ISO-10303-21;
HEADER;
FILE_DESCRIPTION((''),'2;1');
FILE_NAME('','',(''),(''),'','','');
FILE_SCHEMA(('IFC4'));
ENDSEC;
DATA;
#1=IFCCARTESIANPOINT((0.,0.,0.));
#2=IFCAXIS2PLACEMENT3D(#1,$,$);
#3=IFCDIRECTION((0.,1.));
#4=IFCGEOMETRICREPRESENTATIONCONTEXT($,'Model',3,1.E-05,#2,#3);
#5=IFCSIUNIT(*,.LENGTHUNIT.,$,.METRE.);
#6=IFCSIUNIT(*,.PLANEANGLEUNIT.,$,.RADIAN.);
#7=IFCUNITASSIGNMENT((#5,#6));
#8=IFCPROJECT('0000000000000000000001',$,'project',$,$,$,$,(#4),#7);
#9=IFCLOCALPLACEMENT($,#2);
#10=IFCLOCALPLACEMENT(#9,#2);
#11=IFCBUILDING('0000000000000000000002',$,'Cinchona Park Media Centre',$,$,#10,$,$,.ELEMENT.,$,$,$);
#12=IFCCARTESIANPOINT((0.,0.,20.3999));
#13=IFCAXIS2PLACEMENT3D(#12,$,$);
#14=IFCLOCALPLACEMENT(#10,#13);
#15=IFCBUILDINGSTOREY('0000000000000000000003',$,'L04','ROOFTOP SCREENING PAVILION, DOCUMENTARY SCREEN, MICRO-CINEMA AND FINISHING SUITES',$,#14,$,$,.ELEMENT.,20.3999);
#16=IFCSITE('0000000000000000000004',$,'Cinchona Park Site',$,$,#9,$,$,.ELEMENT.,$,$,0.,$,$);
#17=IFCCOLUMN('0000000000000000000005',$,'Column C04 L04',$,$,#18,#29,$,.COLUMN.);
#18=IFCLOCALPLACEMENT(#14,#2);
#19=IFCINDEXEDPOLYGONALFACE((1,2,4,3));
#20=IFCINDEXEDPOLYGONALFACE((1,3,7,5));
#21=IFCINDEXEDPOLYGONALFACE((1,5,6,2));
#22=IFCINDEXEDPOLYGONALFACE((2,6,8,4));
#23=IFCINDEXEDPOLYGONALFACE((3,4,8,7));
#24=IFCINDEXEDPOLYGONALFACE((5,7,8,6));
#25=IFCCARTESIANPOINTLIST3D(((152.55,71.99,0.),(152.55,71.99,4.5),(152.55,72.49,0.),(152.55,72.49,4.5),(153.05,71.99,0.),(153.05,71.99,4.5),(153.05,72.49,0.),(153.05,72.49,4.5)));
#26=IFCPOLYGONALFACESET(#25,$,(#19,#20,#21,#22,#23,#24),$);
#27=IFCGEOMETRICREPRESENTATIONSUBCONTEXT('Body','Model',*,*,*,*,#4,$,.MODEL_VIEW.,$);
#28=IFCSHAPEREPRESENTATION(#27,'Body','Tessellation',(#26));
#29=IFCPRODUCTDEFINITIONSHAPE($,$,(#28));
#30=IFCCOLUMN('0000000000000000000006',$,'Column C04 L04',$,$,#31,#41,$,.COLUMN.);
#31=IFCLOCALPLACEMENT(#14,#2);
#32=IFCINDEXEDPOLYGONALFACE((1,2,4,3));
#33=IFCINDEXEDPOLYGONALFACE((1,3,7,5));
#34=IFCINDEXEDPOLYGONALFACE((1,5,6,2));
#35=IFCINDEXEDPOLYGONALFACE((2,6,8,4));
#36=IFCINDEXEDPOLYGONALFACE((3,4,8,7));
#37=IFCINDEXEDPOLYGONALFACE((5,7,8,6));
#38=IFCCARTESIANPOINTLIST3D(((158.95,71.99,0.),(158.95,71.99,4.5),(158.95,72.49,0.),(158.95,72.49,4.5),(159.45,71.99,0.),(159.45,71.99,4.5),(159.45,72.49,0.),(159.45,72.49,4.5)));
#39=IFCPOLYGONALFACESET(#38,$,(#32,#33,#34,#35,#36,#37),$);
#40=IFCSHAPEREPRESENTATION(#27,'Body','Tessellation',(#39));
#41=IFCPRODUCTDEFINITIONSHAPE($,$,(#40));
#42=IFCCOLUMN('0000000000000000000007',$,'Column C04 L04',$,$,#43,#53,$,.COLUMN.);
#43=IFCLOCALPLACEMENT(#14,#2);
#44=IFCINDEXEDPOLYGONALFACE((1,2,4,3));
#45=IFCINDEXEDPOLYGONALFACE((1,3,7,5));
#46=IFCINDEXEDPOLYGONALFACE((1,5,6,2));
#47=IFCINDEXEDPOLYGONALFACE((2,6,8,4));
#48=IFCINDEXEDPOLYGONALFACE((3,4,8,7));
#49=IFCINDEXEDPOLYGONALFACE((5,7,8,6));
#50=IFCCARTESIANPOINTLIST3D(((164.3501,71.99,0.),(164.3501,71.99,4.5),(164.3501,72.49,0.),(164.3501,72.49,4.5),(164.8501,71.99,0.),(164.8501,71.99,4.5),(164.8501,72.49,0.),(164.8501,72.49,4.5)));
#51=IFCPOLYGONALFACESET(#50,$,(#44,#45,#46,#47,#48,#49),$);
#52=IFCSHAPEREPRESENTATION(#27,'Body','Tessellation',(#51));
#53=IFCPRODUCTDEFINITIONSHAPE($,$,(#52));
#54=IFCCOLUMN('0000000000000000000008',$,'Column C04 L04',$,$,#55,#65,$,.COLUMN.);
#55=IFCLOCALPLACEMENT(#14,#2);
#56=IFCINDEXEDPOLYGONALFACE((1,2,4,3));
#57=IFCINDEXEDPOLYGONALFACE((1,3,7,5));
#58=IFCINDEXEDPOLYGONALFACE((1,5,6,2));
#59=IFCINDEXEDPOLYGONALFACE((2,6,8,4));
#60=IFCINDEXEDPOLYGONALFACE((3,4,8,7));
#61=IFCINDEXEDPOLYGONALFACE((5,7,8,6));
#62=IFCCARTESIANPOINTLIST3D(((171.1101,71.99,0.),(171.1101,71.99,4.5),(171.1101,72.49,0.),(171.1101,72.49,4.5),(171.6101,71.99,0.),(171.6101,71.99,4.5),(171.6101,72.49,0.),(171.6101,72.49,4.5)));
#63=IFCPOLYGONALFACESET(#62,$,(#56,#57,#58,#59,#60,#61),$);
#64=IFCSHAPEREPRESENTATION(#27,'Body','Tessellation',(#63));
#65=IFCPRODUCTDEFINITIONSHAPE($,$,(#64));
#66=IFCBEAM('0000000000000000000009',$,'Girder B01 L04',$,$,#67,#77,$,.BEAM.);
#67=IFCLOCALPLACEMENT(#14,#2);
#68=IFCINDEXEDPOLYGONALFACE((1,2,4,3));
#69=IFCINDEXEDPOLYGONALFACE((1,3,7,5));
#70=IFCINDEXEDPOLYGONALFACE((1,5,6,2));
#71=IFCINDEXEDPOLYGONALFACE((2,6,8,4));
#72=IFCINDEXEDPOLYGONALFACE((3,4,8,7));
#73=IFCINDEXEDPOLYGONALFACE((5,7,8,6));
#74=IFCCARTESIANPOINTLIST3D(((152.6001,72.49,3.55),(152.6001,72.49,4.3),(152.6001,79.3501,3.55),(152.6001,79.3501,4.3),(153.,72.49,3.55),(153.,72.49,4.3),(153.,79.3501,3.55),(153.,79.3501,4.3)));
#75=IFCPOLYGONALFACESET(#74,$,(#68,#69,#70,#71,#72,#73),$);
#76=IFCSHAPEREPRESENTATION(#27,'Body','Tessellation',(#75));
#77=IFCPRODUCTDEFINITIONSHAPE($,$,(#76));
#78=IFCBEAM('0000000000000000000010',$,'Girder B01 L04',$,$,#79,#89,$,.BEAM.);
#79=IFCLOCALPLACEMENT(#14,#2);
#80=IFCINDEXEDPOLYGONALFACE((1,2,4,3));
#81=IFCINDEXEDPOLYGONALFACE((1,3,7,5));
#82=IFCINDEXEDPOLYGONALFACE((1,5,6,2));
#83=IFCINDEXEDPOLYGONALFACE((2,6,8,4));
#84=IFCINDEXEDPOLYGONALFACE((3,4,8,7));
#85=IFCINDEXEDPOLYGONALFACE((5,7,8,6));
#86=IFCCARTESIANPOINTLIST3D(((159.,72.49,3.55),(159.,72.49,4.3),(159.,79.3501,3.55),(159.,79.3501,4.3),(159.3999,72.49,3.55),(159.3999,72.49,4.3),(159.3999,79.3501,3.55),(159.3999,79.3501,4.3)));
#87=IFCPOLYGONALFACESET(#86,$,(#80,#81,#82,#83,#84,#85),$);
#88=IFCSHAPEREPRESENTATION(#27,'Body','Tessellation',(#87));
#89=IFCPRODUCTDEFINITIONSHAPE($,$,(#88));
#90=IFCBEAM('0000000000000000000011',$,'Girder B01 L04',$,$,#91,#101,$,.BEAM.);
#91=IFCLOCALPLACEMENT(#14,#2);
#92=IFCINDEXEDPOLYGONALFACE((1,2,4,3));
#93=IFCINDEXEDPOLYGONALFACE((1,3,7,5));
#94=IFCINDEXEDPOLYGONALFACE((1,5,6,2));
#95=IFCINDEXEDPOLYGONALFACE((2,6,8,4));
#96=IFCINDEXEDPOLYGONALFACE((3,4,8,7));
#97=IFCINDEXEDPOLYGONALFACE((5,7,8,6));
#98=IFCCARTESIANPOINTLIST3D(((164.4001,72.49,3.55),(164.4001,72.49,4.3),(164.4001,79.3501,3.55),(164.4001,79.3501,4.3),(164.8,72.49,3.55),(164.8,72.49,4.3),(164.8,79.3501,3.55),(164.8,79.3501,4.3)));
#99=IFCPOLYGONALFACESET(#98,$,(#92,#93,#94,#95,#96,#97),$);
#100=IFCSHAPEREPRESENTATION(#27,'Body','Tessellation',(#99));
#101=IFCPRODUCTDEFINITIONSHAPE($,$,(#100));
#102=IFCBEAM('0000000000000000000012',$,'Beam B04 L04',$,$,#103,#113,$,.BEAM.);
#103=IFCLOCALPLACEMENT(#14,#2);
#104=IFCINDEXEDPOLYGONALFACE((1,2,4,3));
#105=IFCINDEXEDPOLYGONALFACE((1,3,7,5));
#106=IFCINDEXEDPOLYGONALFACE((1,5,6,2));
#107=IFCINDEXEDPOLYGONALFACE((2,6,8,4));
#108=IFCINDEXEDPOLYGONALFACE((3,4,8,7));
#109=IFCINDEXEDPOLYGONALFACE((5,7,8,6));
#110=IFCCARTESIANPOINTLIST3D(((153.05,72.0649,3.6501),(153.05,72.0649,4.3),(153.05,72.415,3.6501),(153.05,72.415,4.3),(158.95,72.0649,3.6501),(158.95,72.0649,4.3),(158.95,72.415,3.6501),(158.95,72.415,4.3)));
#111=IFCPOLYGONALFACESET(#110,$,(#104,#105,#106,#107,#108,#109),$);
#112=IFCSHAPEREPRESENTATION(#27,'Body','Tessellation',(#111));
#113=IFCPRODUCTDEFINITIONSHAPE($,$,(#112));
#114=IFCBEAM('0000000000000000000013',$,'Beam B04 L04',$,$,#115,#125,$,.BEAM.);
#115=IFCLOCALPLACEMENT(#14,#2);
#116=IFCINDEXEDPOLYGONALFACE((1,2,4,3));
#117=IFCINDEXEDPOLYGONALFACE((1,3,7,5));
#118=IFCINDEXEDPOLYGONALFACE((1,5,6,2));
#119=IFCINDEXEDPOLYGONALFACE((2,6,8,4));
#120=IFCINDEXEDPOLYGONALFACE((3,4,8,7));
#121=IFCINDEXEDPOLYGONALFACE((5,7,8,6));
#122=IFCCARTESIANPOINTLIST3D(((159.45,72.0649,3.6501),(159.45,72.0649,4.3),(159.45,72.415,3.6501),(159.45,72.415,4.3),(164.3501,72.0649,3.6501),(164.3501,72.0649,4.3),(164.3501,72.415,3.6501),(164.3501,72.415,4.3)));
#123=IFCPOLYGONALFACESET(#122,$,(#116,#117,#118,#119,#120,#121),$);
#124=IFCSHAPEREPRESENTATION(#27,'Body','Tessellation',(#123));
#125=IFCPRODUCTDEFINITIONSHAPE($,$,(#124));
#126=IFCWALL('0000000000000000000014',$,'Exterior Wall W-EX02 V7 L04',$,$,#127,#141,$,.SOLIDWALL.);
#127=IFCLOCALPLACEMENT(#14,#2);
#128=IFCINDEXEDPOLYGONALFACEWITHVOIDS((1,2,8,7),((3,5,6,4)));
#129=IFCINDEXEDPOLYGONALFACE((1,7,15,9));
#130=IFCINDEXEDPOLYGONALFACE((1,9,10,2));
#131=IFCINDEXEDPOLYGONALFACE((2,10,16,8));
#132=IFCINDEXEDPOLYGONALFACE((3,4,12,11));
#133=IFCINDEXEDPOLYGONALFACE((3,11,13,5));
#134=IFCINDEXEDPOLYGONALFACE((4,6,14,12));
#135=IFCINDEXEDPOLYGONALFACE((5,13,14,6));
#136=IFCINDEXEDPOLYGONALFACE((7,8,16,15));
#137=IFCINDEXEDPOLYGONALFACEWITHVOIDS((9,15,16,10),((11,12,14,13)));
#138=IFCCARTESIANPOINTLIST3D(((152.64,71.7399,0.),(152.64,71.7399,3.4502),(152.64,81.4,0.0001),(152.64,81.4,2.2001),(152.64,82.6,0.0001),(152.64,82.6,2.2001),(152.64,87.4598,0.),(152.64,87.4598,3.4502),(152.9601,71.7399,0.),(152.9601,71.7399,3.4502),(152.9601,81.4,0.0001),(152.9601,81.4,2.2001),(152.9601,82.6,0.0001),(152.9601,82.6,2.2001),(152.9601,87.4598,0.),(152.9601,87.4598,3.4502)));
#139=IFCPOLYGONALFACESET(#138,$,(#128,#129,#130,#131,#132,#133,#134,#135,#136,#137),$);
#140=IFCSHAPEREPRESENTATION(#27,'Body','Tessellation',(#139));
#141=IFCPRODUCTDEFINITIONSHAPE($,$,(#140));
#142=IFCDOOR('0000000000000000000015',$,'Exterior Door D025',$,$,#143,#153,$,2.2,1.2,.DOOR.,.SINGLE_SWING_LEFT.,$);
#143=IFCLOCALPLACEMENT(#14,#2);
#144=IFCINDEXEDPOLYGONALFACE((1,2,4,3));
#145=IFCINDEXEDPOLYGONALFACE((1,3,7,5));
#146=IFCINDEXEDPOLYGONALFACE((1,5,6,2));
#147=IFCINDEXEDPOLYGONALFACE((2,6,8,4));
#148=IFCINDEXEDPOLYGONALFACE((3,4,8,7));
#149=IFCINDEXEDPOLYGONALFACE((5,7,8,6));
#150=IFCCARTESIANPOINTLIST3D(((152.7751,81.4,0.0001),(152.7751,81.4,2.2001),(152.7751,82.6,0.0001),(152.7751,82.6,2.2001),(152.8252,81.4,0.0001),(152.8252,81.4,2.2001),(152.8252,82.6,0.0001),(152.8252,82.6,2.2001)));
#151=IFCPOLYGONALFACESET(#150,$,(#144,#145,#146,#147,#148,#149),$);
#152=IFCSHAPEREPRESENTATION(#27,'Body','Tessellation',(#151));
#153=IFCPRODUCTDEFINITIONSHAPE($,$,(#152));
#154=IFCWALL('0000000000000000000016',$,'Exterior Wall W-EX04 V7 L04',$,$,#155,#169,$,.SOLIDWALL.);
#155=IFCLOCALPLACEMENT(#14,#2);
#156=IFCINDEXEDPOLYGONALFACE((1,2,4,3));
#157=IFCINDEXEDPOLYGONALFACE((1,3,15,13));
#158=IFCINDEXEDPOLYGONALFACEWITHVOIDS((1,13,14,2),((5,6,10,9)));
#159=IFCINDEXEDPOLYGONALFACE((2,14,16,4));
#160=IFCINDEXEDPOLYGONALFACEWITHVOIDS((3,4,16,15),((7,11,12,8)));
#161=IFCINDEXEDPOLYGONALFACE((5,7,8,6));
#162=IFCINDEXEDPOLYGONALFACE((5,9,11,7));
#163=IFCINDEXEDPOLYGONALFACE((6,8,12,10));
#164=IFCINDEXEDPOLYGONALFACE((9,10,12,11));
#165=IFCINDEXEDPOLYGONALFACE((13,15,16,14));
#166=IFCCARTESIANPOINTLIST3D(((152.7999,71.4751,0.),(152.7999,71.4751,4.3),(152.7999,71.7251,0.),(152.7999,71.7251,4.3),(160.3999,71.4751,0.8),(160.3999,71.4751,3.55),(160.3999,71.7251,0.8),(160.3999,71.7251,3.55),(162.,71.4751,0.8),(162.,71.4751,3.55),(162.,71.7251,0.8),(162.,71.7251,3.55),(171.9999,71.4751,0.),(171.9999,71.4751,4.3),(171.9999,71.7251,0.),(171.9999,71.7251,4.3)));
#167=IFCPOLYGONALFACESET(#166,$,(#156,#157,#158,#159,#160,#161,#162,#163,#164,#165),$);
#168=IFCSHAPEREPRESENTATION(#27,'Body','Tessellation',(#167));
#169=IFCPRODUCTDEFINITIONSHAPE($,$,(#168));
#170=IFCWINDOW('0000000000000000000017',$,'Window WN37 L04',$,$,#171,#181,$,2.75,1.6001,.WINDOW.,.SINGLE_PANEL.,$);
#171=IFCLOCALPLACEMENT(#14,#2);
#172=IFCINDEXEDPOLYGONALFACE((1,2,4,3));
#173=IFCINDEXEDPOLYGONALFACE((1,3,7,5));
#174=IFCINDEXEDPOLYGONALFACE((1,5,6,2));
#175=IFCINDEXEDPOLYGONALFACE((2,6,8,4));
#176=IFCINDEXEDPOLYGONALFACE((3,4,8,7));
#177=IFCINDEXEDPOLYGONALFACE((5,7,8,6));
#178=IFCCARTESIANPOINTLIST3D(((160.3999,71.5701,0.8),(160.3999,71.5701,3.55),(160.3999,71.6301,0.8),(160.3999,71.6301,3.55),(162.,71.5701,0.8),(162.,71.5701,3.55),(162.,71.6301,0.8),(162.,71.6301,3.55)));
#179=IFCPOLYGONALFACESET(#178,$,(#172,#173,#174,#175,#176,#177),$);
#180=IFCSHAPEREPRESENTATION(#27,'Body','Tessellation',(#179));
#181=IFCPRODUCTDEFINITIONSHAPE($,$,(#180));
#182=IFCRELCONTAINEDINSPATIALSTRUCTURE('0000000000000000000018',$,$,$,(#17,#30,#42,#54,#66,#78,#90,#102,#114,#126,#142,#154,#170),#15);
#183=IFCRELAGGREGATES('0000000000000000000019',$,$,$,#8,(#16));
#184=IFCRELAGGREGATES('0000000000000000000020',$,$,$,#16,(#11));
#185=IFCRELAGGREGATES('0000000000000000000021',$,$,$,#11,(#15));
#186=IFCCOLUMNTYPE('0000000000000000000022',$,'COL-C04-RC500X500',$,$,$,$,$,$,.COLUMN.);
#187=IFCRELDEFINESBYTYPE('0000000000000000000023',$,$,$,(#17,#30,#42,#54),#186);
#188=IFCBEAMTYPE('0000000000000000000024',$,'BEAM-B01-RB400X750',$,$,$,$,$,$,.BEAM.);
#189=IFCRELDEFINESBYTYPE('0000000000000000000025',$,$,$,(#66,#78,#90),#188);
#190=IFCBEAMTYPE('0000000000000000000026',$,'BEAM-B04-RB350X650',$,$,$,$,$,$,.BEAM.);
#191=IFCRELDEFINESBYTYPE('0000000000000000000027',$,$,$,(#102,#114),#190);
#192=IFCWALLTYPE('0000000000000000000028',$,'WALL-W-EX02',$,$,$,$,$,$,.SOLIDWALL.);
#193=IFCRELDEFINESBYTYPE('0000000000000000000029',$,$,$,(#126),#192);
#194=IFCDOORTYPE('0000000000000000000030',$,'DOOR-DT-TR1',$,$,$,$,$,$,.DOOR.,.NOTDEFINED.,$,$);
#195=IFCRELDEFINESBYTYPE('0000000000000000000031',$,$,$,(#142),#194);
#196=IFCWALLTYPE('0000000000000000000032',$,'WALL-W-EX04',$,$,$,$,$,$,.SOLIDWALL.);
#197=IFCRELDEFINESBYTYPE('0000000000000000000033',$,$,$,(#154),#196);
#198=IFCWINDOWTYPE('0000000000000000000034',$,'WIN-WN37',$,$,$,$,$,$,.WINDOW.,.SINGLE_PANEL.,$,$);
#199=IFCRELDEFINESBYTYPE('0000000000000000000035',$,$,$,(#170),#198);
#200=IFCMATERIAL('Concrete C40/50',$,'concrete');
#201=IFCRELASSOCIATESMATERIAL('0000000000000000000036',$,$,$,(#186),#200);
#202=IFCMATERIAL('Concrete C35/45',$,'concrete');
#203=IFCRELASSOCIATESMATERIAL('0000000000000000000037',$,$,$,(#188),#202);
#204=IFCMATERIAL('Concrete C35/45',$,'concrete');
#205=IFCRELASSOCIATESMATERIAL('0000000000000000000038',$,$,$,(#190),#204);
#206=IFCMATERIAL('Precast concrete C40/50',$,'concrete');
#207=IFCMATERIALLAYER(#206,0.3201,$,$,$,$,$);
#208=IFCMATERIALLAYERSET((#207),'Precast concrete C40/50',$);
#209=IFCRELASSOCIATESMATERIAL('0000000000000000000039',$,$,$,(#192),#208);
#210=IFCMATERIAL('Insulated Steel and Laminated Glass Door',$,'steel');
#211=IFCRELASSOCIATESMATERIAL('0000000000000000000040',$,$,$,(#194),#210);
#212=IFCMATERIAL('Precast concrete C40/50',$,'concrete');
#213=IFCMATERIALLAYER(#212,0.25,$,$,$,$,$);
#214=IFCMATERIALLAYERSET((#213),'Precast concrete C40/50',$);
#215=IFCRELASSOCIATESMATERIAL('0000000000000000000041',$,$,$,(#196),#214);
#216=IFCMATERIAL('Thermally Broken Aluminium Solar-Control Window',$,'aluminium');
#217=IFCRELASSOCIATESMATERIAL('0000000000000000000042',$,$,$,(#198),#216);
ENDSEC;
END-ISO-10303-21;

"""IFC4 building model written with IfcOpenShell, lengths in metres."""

from ifc_helpers import new_model, si_unit, direction, frame, frame_2d, origin, origin_2d, place, context, subcontext, project, spatial, rectangle, extrude, material, layer, layer_set, material_profile, profile_set, type_object, element, fill, save


model = new_model("IFC4")

# Units and contexts
model_context = context("Model", 3, precision=1e-05, world=origin(), true_north=direction((0.0, 1.0)))
body_context = subcontext(model_context, "Body", "Model", "MODEL_VIEW")
ifc_project = project(units=[si_unit("LENGTHUNIT", "METRE"), si_unit("PLANEANGLEUNIT", "RADIAN")], contexts=[model_context])

# Site, building, storey
site_placement = place(None, origin())
site = spatial("IfcSite", under=ifc_project, at=site_placement, Name="Cinchona Park Site", CompositionType="ELEMENT", RefElevation=0.0)
building_placement = place(site_placement, origin())
building = spatial("IfcBuilding", under=site, at=building_placement, Name="Cinchona Park Media Centre", CompositionType="ELEMENT")
storey_placement = place(building_placement, frame((0.0, 0.0, 20.3999)))
storey = spatial("IfcBuildingStorey", under=building, at=storey_placement, Name="L04", Description="ROOFTOP SCREENING PAVILION, DOCUMENTARY SCREEN, MICRO-CINEMA AND FINISHING SUITES", CompositionType="ELEMENT", Elevation=20.3999)

# Columns
ifc_material_1 = material(Name="Concrete C40/50", Category="concrete")
ifc_material_profile_1 = material_profile(ifc_material_1, rectangle(XDim=0.5, YDim=0.5, at=origin_2d()), Name="RC 500X500")
ifc_profile_set_1 = profile_set([ifc_material_profile_1], Name="Concrete C40/50")
column_type = type_object("IfcColumnType", Name="COL-C04-RC500X500", PredefinedType="COLUMN", material=ifc_profile_set_1)
for number, where, z_axis, x_axis, name in (
    (1, (152.8, 72.24, 0.0), (0.0, 0.0, 1.0), (1.0, 0.0, 0.0), "Column C04 L04"),
    (2, (159.2, 72.24, 0.0), (0.0, 0.0, 1.0), (1.0, 0.0, 0.0), "Column C04 L04"),
    (3, (164.6001, 72.24, 0.0), (0.0, 0.0, 1.0), (1.0, 0.0, 0.0), "Column C04 L04"),
    (4, (171.3601, 72.24, 0.0), (0.0, 0.0, 1.0), (1.0, 0.0, 0.0), "Column C04 L04"),
):
    element("IfcColumn", number, at=place(storey_placement, frame(where, z_axis=z_axis, x_axis=x_axis)), inside=storey, type_object=column_type, Name=name, PredefinedType="COLUMN", context=body_context, shape_type="SweptSolid", body=[
        extrude(rectangle(XDim=0.5, YDim=0.5, at=origin_2d()), origin(), (0.0, 0.0, 1.0), 4.5),
    ])

# Beams
ifc_material_2 = material(Name="Concrete C35/45", Category="concrete")
ifc_material_profile_2 = material_profile(ifc_material_2, rectangle(XDim=0.3999, YDim=0.75, at=origin_2d()), Name="RB 400X750")
ifc_profile_set_2 = profile_set([ifc_material_profile_2], Name="Concrete C35/45")
beam_type_1 = type_object("IfcBeamType", Name="BEAM-B01-RB400X750", PredefinedType="BEAM", material=ifc_profile_set_2)
for number, where, z_axis, x_axis, name in (
    (5, (152.8, 72.49, 3.925), (0.0, 1.0, 0.0), (-1.0, 0.0, 0.0), "Girder B01 L04"),
    (6, (159.2, 72.49, 3.925), (0.0, 1.0, 0.0), (-1.0, 0.0, 0.0), "Girder B01 L04"),
    (7, (164.6001, 72.49, 3.925), (0.0, 1.0, 0.0), (-1.0, 0.0, 0.0), "Girder B01 L04"),
):
    element("IfcBeam", number, at=place(storey_placement, frame(where, z_axis=z_axis, x_axis=x_axis)), inside=storey, type_object=beam_type_1, Name=name, PredefinedType="BEAM", context=body_context, shape_type="SweptSolid", body=[
        extrude(rectangle(XDim=0.3999, YDim=0.75, at=origin_2d()), origin(), (0.0, 0.0, 1.0), 6.8601),
    ])
ifc_material_3 = material(Name="Concrete C35/45", Category="concrete")
ifc_material_profile_3 = material_profile(ifc_material_3, rectangle(XDim=0.3501, YDim=0.6499, at=origin_2d()), Name="RB 350X650")
ifc_profile_set_3 = profile_set([ifc_material_profile_3], Name="Concrete C35/45")
beam_type_2 = type_object("IfcBeamType", Name="BEAM-B04-RB350X650", PredefinedType="BEAM", material=ifc_profile_set_3)
beam_1_placement = place(storey_placement, frame((153.05, 72.24, 3.9751), z_axis=(1.0, 0.0, 0.0), x_axis=(0.0, 1.0, 0.0)))
element("IfcBeam", 8, at=beam_1_placement, inside=storey, type_object=beam_type_2, Name="Beam B04 L04", PredefinedType="BEAM", context=body_context, shape_type="SweptSolid", body=[
    extrude(rectangle(XDim=0.3501, YDim=0.6499, at=origin_2d()), origin(), (0.0, 0.0, 1.0), 5.8999),
])
beam_2_placement = place(storey_placement, frame((159.45, 72.24, 3.9751), z_axis=(1.0, 0.0, 0.0), x_axis=(0.0, 1.0, 0.0)))
element("IfcBeam", 9, at=beam_2_placement, inside=storey, type_object=beam_type_2, Name="Beam B04 L04", PredefinedType="BEAM", context=body_context, shape_type="SweptSolid", body=[
    extrude(rectangle(XDim=0.3501, YDim=0.6499, at=origin_2d()), origin(), (0.0, 0.0, 1.0), 4.9001),
])

# Wall, opening, door
ifc_material_4 = material(Name="Precast concrete C40/50", Category="concrete")
ifc_layer_1 = layer(ifc_material_4, 0.3201)
ifc_layer_set_1 = layer_set([ifc_layer_1], Name="Precast concrete C40/50")
wall_type_1 = type_object("IfcWallType", Name="WALL-W-EX02", PredefinedType="SOLIDWALL", material=ifc_layer_set_1)
wall_1_placement = place(storey_placement, frame((152.8, 71.74, 0.0), z_axis=(0.0, 0.0, 1.0), x_axis=(0.0, 1.0, 0.0)))
wall_1 = element("IfcWall", 10, at=wall_1_placement, inside=storey, type_object=wall_type_1, Name="Exterior Wall W-EX02 V7 L04", PredefinedType="SOLIDWALL", context=body_context, shape_type="SweptSolid", body=[
    extrude(rectangle(XDim=15.72, YDim=0.3201, at=frame_2d((7.8599, 0.0))), origin(), (0.0, 0.0, 1.0), 3.4502),
])
opening_1_placement = place(wall_1_placement, frame((9.6599, 0.0, 0.0)))
opening_1 = element("IfcOpeningElement", 11, at=opening_1_placement, cuts=wall_1, PredefinedType="OPENING", context=body_context, shape_type="SweptSolid", body=[
    extrude(rectangle(XDim=1.2, YDim=2.2, at=frame_2d((0.6001, 1.1001))), frame((0.0, 0.1699, 0.0), z_axis=(0.0, -1.0, 0.0), x_axis=(1.0, 0.0, 0.0)), (0.0, 0.0, 1.0), 0.3401),
])
ifc_material_5 = material(Name="Insulated Steel and Laminated Glass Door", Category="steel")
door_type_1 = type_object("IfcDoorType", Name="DOOR-DT-TR1", OperationType="NOTDEFINED", PredefinedType="DOOR", material=ifc_material_5)
door_1_placement = place(opening_1_placement, origin())
door_1 = element("IfcDoor", 12, at=door_1_placement, inside=storey, type_object=door_type_1, Name="Exterior Door D025", OperationType="SINGLE_SWING_LEFT", OverallHeight=2.2, OverallWidth=1.2, PredefinedType="DOOR", context=body_context, shape_type="SweptSolid", body=[
    extrude(rectangle(XDim=1.2, YDim=2.2, at=frame_2d((0.6001, 1.1001))), frame((0.0, 0.0249, 0.0), z_axis=(0.0, -1.0, 0.0), x_axis=(1.0, 0.0, 0.0)), (0.0, 0.0, 1.0), 0.05),
])
fill(opening_1, door_1)

# Wall, opening, window
ifc_material_6 = material(Name="Precast concrete C40/50", Category="concrete")
ifc_layer_2 = layer(ifc_material_6, 0.25)
ifc_layer_set_2 = layer_set([ifc_layer_2], Name="Precast concrete C40/50")
wall_type_2 = type_object("IfcWallType", Name="WALL-W-EX04", PredefinedType="SOLIDWALL", material=ifc_layer_set_2)
wall_2_placement = place(storey_placement, frame((172.0, 71.6001, 0.0), z_axis=(0.0, 0.0, 1.0), x_axis=(-1.0, 0.0, 0.0)))
wall_2 = element("IfcWall", 13, at=wall_2_placement, inside=storey, type_object=wall_type_2, Name="Exterior Wall W-EX04 V7 L04", PredefinedType="SOLIDWALL", context=body_context, shape_type="SweptSolid", body=[
    extrude(rectangle(XDim=19.2, YDim=0.25, at=frame_2d((9.6001, 0.0))), origin(), (0.0, 0.0, 1.0), 4.3),
])
opening_2_placement = place(wall_2_placement, frame((10.0, 0.0, 0.8)))
opening_2 = element("IfcOpeningElement", 14, at=opening_2_placement, cuts=wall_2, PredefinedType="OPENING", context=body_context, shape_type="SweptSolid", body=[
    extrude(rectangle(XDim=1.6001, YDim=2.75, at=frame_2d((0.8, 1.375))), frame((0.0, 0.135, 0.0), z_axis=(0.0, -1.0, 0.0), x_axis=(1.0, 0.0, 0.0)), (0.0, 0.0, 1.0), 0.27),
])
ifc_material_7 = material(Name="Thermally Broken Aluminium Solar-Control Window", Category="aluminium")
window_type = type_object("IfcWindowType", Name="WIN-WN37", PartitioningType="SINGLE_PANEL", PredefinedType="WINDOW", material=ifc_material_7)
window_placement = place(opening_2_placement, origin())
window = element("IfcWindow", 15, at=window_placement, inside=storey, type_object=window_type, Name="Window WN37 L04", OverallHeight=2.75, OverallWidth=1.6001, PartitioningType="SINGLE_PANEL", PredefinedType="WINDOW", context=body_context, shape_type="SweptSolid", body=[
    extrude(rectangle(XDim=1.6001, YDim=2.75, at=frame_2d((0.8, 1.375))), frame((0.0, 0.03, 0.0), z_axis=(0.0, -1.0, 0.0), x_axis=(1.0, 0.0, 0.0)), (0.0, 0.0, 1.0), 0.0601),
])
fill(opening_2, window)

save(model, "model.ifc")
